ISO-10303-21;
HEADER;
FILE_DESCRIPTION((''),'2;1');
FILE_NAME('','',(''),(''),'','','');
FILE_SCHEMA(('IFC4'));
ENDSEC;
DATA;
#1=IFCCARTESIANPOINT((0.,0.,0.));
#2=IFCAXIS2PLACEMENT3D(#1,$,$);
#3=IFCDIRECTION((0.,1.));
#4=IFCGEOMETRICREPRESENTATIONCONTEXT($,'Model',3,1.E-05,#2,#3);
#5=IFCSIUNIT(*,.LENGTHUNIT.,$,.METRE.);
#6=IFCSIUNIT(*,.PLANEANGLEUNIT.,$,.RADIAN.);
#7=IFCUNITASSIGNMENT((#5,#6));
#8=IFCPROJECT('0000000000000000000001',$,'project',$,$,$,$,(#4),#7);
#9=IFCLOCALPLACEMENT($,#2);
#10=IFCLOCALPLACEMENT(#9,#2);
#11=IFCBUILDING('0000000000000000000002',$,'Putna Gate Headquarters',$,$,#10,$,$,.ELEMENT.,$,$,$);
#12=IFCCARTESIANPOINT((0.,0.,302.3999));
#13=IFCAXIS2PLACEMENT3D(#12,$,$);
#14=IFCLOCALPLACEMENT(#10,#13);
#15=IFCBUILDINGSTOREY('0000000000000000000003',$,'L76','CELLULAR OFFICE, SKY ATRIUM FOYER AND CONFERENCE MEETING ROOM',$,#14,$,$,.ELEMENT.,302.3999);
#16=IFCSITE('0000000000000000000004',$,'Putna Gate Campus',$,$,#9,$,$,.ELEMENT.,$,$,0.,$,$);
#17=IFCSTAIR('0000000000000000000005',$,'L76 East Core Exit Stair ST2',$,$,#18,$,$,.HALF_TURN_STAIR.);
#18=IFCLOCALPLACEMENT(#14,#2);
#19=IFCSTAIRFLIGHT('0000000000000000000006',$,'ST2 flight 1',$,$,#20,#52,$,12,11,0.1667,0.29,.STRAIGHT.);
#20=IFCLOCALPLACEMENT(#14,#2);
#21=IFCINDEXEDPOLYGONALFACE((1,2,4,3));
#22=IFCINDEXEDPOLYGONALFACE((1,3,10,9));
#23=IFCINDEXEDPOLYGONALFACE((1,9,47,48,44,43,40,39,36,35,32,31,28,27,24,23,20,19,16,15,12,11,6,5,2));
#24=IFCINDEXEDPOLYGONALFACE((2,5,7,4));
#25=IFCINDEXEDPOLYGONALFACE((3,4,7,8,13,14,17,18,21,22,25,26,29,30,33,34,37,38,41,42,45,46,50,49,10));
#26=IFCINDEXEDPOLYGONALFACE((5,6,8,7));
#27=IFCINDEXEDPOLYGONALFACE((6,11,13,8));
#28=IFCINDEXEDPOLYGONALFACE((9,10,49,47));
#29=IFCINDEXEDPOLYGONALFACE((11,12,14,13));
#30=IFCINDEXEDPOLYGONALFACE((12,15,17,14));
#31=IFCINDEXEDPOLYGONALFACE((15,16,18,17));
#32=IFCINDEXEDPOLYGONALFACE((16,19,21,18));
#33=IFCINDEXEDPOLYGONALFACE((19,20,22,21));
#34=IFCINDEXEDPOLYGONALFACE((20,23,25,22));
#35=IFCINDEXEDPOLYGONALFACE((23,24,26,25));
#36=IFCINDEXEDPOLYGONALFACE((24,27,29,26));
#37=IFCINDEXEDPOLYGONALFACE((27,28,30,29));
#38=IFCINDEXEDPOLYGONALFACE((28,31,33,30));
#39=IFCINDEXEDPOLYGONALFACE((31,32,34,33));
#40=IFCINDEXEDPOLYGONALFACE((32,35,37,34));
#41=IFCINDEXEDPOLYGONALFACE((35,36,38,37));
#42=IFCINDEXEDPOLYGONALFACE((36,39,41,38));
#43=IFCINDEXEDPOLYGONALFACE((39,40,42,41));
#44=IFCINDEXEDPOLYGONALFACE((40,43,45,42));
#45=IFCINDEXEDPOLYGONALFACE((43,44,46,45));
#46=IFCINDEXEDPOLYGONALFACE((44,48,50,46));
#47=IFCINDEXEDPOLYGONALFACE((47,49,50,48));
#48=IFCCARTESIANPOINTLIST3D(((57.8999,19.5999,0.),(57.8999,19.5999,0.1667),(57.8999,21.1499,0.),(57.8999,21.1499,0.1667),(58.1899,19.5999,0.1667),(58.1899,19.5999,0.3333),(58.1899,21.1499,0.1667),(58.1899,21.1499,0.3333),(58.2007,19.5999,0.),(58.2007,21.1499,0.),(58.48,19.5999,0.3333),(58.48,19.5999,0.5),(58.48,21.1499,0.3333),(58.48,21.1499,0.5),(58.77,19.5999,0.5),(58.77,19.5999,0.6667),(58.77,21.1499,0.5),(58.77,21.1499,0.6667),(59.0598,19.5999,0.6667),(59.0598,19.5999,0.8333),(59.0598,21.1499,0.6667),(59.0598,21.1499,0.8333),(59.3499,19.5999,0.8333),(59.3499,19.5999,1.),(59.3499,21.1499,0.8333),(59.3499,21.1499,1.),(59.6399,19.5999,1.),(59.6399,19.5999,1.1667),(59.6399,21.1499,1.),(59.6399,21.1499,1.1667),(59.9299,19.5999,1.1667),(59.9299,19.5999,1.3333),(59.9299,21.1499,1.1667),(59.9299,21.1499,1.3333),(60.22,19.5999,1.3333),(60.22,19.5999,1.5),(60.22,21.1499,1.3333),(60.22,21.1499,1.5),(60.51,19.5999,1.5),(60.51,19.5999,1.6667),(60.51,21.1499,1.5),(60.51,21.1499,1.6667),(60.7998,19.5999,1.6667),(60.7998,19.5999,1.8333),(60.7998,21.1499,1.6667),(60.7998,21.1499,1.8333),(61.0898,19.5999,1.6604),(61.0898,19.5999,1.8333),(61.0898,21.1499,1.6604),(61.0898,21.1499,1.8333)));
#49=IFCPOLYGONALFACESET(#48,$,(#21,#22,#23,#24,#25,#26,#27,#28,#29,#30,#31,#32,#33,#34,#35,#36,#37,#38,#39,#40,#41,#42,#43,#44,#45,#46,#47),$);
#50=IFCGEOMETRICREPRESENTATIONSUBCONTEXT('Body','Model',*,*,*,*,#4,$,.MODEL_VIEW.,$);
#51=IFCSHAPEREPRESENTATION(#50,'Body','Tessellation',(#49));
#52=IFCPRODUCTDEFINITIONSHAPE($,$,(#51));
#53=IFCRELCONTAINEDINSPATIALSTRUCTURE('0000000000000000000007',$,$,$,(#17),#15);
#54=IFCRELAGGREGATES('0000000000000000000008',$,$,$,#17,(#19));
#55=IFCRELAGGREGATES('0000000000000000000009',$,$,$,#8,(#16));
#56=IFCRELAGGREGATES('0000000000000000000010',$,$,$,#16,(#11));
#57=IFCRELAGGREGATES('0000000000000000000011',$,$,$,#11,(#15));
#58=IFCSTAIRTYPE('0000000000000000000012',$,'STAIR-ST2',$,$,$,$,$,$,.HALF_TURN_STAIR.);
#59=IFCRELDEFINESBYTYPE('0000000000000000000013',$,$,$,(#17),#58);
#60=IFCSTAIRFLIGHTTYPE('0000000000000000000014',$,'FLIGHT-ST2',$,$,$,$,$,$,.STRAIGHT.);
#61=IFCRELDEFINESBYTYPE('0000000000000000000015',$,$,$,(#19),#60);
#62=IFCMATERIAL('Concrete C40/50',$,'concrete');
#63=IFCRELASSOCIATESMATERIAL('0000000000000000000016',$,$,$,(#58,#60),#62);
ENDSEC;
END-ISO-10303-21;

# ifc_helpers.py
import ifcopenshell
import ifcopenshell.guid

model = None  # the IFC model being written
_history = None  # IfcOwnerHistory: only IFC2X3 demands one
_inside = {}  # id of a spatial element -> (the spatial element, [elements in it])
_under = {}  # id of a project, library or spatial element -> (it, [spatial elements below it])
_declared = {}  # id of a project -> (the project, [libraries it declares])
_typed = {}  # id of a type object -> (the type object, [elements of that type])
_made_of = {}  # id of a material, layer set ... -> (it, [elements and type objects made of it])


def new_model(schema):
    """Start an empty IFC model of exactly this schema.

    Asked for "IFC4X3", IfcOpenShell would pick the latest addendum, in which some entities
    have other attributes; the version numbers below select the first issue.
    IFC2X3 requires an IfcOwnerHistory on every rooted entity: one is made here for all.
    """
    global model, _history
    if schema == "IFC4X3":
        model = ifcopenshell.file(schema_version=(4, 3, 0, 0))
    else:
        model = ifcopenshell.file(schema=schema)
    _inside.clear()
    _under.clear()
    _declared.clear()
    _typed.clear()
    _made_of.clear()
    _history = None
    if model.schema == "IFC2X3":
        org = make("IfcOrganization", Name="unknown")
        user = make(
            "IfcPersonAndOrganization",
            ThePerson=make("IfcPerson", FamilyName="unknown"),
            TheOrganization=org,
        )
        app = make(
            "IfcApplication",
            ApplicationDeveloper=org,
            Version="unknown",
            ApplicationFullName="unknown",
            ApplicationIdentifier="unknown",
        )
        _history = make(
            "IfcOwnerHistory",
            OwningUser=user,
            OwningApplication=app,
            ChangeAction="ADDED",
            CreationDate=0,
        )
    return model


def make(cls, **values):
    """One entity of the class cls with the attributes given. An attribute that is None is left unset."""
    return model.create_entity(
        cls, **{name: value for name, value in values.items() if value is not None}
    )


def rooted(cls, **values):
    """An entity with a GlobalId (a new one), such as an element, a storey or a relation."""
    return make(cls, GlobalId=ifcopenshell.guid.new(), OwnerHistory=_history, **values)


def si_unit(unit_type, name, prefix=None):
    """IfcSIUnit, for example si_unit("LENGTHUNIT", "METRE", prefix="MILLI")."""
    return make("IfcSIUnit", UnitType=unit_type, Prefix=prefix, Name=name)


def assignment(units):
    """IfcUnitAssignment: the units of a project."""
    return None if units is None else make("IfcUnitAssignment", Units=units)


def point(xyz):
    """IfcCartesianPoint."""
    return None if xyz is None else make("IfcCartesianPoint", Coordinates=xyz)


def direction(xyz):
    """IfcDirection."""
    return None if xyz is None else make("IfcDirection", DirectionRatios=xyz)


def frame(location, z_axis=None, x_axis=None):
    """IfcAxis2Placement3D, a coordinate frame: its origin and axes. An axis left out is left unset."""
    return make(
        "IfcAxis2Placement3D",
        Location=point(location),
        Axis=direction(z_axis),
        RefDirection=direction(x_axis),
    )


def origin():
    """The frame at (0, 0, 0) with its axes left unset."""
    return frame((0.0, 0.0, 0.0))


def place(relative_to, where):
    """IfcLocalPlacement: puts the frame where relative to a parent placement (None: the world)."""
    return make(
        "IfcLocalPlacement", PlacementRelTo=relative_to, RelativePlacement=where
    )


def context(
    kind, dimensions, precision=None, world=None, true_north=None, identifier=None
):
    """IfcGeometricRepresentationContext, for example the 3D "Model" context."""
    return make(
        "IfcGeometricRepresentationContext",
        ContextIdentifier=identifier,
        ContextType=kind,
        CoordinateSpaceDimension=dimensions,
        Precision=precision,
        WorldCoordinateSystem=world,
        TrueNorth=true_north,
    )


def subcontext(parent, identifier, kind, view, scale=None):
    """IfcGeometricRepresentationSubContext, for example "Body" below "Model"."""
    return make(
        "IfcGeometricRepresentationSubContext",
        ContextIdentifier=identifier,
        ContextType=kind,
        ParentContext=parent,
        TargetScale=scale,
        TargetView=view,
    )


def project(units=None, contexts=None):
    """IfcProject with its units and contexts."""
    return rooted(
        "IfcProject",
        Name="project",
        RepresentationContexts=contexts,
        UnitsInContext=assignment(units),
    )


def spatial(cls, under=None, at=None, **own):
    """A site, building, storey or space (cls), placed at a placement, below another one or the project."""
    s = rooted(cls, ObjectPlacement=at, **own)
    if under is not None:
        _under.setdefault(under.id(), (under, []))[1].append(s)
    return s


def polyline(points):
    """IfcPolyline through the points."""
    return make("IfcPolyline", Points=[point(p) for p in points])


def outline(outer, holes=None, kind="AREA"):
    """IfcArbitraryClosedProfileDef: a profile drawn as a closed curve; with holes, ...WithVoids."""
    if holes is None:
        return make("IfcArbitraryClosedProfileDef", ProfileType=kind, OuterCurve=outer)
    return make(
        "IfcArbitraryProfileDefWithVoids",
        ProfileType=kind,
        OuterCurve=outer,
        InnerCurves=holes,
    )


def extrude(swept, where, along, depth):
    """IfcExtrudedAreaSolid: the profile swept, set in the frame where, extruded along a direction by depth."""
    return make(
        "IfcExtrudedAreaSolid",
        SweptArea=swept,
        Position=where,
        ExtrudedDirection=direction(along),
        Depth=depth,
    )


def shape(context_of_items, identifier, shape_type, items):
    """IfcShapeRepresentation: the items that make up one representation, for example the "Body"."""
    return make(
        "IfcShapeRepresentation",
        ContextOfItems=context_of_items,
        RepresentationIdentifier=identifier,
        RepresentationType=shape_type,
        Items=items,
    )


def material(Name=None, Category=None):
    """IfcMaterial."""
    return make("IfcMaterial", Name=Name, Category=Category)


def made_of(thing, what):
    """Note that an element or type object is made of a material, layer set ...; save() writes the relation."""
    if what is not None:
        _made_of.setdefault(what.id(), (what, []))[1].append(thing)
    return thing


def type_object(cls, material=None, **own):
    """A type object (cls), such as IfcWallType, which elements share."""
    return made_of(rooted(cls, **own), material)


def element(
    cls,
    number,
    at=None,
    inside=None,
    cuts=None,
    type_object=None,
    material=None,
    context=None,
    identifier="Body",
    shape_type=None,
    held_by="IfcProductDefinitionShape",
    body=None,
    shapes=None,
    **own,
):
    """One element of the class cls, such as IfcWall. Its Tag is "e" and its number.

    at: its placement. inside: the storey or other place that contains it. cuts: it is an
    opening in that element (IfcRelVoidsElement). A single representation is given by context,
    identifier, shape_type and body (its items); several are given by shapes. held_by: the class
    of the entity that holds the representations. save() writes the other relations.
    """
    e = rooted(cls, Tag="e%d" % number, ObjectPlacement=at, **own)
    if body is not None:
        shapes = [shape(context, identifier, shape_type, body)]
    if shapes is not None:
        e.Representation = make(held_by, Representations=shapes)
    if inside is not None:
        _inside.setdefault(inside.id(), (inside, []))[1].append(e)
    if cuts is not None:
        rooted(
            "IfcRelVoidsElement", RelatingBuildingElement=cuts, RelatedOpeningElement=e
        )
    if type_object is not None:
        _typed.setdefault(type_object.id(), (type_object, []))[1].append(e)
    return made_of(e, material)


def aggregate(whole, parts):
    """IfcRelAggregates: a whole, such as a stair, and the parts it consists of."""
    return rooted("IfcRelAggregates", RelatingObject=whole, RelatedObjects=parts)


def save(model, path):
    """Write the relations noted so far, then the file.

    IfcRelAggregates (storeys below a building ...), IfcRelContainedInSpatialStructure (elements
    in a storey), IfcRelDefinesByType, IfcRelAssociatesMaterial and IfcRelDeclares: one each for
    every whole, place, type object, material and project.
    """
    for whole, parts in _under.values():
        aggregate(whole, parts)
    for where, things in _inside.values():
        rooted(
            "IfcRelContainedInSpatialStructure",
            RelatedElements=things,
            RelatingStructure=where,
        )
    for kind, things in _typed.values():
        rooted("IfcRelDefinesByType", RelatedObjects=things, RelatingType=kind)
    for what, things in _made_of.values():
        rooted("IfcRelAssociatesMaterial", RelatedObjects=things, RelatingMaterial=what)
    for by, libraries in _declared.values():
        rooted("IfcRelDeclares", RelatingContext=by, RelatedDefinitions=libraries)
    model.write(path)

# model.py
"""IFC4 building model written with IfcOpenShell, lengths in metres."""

from ifc_helpers import new_model, si_unit, direction, frame, origin, place, context, subcontext, project, spatial, polyline, outline, extrude, material, type_object, element, aggregate, save


model = new_model("IFC4")

# Units and contexts
model_context = context("Model", 3, precision=1e-05, world=origin(), true_north=direction((0.0, 1.0)))
body_context = subcontext(model_context, "Body", "Model", "MODEL_VIEW")
ifc_project = project(units=[si_unit("LENGTHUNIT", "METRE"), si_unit("PLANEANGLEUNIT", "RADIAN")], contexts=[model_context])

# Site, building, storey
site_placement = place(None, origin())
site = spatial("IfcSite", under=ifc_project, at=site_placement, Name="Putna Gate Campus", CompositionType="ELEMENT", RefElevation=0.0)
building_placement = place(site_placement, origin())
building = spatial("IfcBuilding", under=site, at=building_placement, Name="Putna Gate Headquarters", CompositionType="ELEMENT")
storey_placement = place(building_placement, frame((0.0, 0.0, 302.3999)))
storey = spatial("IfcBuildingStorey", under=building, at=storey_placement, Name="L76", Description="CELLULAR OFFICE, SKY ATRIUM FOYER AND CONFERENCE MEETING ROOM", CompositionType="ELEMENT", Elevation=302.3999)

# Shared definitions
ifc_material_1 = material(Name="Concrete C40/50", Category="concrete")

# Stair, stair flight
stair_type = type_object("IfcStairType", Name="STAIR-ST2", PredefinedType="HALF_TURN_STAIR", material=ifc_material_1)
stair_placement = place(storey_placement, origin())
stair = element("IfcStair", 1, at=stair_placement, inside=storey, type_object=stair_type, Name="L76 East Core Exit Stair ST2", PredefinedType="HALF_TURN_STAIR")
stair_flight_type = type_object("IfcStairFlightType", Name="FLIGHT-ST2", PredefinedType="STRAIGHT", material=ifc_material_1)
stair_flight_placement = place(storey_placement, frame((57.8999, 20.375, 0.0), z_axis=(0.0, 0.0, 1.0), x_axis=(1.0, 0.0, 0.0)))
stair_flight = element("IfcStairFlight", 2, at=stair_flight_placement, type_object=stair_flight_type, Name="ST2 flight 1", NumberOfRisers=12, NumberOfTreads=11, PredefinedType="STRAIGHT", RiserHeight=0.1667, TreadLength=0.29, context=body_context, shape_type="SweptSolid", body=[
    extrude(outline(polyline([(0.0, 0.0), (0.0, 0.1667), (0.29, 0.1667), (0.29, 0.3333), (0.5801, 0.3333), (0.5801, 0.5), (0.8701, 0.5), (0.8701, 0.6667), (1.1599, 0.6667), (1.1599, 0.8333), (1.45, 0.8333), (1.45, 1.0), (1.74, 1.0), (1.74, 1.1667), (2.03, 1.1667), (2.03, 1.3333), (2.3201, 1.3333), (2.3201, 1.5), (2.6101, 1.5), (2.6101, 1.6667), (2.8999, 1.6667), (2.8999, 1.8333), (3.1899, 1.8333), (3.1899, 2.0), (3.1899, 1.6604), (0.3008, 0.0), (0.0, 0.0)])), frame((0.0, 0.7749, 0.0), z_axis=(0.0, -1.0, 0.0), x_axis=(1.0, 0.0, 0.0)), (0.0, 0.0, 1.0), 1.55),
])
aggregate(stair, [stair_flight])

save(model, "model.ifc")
